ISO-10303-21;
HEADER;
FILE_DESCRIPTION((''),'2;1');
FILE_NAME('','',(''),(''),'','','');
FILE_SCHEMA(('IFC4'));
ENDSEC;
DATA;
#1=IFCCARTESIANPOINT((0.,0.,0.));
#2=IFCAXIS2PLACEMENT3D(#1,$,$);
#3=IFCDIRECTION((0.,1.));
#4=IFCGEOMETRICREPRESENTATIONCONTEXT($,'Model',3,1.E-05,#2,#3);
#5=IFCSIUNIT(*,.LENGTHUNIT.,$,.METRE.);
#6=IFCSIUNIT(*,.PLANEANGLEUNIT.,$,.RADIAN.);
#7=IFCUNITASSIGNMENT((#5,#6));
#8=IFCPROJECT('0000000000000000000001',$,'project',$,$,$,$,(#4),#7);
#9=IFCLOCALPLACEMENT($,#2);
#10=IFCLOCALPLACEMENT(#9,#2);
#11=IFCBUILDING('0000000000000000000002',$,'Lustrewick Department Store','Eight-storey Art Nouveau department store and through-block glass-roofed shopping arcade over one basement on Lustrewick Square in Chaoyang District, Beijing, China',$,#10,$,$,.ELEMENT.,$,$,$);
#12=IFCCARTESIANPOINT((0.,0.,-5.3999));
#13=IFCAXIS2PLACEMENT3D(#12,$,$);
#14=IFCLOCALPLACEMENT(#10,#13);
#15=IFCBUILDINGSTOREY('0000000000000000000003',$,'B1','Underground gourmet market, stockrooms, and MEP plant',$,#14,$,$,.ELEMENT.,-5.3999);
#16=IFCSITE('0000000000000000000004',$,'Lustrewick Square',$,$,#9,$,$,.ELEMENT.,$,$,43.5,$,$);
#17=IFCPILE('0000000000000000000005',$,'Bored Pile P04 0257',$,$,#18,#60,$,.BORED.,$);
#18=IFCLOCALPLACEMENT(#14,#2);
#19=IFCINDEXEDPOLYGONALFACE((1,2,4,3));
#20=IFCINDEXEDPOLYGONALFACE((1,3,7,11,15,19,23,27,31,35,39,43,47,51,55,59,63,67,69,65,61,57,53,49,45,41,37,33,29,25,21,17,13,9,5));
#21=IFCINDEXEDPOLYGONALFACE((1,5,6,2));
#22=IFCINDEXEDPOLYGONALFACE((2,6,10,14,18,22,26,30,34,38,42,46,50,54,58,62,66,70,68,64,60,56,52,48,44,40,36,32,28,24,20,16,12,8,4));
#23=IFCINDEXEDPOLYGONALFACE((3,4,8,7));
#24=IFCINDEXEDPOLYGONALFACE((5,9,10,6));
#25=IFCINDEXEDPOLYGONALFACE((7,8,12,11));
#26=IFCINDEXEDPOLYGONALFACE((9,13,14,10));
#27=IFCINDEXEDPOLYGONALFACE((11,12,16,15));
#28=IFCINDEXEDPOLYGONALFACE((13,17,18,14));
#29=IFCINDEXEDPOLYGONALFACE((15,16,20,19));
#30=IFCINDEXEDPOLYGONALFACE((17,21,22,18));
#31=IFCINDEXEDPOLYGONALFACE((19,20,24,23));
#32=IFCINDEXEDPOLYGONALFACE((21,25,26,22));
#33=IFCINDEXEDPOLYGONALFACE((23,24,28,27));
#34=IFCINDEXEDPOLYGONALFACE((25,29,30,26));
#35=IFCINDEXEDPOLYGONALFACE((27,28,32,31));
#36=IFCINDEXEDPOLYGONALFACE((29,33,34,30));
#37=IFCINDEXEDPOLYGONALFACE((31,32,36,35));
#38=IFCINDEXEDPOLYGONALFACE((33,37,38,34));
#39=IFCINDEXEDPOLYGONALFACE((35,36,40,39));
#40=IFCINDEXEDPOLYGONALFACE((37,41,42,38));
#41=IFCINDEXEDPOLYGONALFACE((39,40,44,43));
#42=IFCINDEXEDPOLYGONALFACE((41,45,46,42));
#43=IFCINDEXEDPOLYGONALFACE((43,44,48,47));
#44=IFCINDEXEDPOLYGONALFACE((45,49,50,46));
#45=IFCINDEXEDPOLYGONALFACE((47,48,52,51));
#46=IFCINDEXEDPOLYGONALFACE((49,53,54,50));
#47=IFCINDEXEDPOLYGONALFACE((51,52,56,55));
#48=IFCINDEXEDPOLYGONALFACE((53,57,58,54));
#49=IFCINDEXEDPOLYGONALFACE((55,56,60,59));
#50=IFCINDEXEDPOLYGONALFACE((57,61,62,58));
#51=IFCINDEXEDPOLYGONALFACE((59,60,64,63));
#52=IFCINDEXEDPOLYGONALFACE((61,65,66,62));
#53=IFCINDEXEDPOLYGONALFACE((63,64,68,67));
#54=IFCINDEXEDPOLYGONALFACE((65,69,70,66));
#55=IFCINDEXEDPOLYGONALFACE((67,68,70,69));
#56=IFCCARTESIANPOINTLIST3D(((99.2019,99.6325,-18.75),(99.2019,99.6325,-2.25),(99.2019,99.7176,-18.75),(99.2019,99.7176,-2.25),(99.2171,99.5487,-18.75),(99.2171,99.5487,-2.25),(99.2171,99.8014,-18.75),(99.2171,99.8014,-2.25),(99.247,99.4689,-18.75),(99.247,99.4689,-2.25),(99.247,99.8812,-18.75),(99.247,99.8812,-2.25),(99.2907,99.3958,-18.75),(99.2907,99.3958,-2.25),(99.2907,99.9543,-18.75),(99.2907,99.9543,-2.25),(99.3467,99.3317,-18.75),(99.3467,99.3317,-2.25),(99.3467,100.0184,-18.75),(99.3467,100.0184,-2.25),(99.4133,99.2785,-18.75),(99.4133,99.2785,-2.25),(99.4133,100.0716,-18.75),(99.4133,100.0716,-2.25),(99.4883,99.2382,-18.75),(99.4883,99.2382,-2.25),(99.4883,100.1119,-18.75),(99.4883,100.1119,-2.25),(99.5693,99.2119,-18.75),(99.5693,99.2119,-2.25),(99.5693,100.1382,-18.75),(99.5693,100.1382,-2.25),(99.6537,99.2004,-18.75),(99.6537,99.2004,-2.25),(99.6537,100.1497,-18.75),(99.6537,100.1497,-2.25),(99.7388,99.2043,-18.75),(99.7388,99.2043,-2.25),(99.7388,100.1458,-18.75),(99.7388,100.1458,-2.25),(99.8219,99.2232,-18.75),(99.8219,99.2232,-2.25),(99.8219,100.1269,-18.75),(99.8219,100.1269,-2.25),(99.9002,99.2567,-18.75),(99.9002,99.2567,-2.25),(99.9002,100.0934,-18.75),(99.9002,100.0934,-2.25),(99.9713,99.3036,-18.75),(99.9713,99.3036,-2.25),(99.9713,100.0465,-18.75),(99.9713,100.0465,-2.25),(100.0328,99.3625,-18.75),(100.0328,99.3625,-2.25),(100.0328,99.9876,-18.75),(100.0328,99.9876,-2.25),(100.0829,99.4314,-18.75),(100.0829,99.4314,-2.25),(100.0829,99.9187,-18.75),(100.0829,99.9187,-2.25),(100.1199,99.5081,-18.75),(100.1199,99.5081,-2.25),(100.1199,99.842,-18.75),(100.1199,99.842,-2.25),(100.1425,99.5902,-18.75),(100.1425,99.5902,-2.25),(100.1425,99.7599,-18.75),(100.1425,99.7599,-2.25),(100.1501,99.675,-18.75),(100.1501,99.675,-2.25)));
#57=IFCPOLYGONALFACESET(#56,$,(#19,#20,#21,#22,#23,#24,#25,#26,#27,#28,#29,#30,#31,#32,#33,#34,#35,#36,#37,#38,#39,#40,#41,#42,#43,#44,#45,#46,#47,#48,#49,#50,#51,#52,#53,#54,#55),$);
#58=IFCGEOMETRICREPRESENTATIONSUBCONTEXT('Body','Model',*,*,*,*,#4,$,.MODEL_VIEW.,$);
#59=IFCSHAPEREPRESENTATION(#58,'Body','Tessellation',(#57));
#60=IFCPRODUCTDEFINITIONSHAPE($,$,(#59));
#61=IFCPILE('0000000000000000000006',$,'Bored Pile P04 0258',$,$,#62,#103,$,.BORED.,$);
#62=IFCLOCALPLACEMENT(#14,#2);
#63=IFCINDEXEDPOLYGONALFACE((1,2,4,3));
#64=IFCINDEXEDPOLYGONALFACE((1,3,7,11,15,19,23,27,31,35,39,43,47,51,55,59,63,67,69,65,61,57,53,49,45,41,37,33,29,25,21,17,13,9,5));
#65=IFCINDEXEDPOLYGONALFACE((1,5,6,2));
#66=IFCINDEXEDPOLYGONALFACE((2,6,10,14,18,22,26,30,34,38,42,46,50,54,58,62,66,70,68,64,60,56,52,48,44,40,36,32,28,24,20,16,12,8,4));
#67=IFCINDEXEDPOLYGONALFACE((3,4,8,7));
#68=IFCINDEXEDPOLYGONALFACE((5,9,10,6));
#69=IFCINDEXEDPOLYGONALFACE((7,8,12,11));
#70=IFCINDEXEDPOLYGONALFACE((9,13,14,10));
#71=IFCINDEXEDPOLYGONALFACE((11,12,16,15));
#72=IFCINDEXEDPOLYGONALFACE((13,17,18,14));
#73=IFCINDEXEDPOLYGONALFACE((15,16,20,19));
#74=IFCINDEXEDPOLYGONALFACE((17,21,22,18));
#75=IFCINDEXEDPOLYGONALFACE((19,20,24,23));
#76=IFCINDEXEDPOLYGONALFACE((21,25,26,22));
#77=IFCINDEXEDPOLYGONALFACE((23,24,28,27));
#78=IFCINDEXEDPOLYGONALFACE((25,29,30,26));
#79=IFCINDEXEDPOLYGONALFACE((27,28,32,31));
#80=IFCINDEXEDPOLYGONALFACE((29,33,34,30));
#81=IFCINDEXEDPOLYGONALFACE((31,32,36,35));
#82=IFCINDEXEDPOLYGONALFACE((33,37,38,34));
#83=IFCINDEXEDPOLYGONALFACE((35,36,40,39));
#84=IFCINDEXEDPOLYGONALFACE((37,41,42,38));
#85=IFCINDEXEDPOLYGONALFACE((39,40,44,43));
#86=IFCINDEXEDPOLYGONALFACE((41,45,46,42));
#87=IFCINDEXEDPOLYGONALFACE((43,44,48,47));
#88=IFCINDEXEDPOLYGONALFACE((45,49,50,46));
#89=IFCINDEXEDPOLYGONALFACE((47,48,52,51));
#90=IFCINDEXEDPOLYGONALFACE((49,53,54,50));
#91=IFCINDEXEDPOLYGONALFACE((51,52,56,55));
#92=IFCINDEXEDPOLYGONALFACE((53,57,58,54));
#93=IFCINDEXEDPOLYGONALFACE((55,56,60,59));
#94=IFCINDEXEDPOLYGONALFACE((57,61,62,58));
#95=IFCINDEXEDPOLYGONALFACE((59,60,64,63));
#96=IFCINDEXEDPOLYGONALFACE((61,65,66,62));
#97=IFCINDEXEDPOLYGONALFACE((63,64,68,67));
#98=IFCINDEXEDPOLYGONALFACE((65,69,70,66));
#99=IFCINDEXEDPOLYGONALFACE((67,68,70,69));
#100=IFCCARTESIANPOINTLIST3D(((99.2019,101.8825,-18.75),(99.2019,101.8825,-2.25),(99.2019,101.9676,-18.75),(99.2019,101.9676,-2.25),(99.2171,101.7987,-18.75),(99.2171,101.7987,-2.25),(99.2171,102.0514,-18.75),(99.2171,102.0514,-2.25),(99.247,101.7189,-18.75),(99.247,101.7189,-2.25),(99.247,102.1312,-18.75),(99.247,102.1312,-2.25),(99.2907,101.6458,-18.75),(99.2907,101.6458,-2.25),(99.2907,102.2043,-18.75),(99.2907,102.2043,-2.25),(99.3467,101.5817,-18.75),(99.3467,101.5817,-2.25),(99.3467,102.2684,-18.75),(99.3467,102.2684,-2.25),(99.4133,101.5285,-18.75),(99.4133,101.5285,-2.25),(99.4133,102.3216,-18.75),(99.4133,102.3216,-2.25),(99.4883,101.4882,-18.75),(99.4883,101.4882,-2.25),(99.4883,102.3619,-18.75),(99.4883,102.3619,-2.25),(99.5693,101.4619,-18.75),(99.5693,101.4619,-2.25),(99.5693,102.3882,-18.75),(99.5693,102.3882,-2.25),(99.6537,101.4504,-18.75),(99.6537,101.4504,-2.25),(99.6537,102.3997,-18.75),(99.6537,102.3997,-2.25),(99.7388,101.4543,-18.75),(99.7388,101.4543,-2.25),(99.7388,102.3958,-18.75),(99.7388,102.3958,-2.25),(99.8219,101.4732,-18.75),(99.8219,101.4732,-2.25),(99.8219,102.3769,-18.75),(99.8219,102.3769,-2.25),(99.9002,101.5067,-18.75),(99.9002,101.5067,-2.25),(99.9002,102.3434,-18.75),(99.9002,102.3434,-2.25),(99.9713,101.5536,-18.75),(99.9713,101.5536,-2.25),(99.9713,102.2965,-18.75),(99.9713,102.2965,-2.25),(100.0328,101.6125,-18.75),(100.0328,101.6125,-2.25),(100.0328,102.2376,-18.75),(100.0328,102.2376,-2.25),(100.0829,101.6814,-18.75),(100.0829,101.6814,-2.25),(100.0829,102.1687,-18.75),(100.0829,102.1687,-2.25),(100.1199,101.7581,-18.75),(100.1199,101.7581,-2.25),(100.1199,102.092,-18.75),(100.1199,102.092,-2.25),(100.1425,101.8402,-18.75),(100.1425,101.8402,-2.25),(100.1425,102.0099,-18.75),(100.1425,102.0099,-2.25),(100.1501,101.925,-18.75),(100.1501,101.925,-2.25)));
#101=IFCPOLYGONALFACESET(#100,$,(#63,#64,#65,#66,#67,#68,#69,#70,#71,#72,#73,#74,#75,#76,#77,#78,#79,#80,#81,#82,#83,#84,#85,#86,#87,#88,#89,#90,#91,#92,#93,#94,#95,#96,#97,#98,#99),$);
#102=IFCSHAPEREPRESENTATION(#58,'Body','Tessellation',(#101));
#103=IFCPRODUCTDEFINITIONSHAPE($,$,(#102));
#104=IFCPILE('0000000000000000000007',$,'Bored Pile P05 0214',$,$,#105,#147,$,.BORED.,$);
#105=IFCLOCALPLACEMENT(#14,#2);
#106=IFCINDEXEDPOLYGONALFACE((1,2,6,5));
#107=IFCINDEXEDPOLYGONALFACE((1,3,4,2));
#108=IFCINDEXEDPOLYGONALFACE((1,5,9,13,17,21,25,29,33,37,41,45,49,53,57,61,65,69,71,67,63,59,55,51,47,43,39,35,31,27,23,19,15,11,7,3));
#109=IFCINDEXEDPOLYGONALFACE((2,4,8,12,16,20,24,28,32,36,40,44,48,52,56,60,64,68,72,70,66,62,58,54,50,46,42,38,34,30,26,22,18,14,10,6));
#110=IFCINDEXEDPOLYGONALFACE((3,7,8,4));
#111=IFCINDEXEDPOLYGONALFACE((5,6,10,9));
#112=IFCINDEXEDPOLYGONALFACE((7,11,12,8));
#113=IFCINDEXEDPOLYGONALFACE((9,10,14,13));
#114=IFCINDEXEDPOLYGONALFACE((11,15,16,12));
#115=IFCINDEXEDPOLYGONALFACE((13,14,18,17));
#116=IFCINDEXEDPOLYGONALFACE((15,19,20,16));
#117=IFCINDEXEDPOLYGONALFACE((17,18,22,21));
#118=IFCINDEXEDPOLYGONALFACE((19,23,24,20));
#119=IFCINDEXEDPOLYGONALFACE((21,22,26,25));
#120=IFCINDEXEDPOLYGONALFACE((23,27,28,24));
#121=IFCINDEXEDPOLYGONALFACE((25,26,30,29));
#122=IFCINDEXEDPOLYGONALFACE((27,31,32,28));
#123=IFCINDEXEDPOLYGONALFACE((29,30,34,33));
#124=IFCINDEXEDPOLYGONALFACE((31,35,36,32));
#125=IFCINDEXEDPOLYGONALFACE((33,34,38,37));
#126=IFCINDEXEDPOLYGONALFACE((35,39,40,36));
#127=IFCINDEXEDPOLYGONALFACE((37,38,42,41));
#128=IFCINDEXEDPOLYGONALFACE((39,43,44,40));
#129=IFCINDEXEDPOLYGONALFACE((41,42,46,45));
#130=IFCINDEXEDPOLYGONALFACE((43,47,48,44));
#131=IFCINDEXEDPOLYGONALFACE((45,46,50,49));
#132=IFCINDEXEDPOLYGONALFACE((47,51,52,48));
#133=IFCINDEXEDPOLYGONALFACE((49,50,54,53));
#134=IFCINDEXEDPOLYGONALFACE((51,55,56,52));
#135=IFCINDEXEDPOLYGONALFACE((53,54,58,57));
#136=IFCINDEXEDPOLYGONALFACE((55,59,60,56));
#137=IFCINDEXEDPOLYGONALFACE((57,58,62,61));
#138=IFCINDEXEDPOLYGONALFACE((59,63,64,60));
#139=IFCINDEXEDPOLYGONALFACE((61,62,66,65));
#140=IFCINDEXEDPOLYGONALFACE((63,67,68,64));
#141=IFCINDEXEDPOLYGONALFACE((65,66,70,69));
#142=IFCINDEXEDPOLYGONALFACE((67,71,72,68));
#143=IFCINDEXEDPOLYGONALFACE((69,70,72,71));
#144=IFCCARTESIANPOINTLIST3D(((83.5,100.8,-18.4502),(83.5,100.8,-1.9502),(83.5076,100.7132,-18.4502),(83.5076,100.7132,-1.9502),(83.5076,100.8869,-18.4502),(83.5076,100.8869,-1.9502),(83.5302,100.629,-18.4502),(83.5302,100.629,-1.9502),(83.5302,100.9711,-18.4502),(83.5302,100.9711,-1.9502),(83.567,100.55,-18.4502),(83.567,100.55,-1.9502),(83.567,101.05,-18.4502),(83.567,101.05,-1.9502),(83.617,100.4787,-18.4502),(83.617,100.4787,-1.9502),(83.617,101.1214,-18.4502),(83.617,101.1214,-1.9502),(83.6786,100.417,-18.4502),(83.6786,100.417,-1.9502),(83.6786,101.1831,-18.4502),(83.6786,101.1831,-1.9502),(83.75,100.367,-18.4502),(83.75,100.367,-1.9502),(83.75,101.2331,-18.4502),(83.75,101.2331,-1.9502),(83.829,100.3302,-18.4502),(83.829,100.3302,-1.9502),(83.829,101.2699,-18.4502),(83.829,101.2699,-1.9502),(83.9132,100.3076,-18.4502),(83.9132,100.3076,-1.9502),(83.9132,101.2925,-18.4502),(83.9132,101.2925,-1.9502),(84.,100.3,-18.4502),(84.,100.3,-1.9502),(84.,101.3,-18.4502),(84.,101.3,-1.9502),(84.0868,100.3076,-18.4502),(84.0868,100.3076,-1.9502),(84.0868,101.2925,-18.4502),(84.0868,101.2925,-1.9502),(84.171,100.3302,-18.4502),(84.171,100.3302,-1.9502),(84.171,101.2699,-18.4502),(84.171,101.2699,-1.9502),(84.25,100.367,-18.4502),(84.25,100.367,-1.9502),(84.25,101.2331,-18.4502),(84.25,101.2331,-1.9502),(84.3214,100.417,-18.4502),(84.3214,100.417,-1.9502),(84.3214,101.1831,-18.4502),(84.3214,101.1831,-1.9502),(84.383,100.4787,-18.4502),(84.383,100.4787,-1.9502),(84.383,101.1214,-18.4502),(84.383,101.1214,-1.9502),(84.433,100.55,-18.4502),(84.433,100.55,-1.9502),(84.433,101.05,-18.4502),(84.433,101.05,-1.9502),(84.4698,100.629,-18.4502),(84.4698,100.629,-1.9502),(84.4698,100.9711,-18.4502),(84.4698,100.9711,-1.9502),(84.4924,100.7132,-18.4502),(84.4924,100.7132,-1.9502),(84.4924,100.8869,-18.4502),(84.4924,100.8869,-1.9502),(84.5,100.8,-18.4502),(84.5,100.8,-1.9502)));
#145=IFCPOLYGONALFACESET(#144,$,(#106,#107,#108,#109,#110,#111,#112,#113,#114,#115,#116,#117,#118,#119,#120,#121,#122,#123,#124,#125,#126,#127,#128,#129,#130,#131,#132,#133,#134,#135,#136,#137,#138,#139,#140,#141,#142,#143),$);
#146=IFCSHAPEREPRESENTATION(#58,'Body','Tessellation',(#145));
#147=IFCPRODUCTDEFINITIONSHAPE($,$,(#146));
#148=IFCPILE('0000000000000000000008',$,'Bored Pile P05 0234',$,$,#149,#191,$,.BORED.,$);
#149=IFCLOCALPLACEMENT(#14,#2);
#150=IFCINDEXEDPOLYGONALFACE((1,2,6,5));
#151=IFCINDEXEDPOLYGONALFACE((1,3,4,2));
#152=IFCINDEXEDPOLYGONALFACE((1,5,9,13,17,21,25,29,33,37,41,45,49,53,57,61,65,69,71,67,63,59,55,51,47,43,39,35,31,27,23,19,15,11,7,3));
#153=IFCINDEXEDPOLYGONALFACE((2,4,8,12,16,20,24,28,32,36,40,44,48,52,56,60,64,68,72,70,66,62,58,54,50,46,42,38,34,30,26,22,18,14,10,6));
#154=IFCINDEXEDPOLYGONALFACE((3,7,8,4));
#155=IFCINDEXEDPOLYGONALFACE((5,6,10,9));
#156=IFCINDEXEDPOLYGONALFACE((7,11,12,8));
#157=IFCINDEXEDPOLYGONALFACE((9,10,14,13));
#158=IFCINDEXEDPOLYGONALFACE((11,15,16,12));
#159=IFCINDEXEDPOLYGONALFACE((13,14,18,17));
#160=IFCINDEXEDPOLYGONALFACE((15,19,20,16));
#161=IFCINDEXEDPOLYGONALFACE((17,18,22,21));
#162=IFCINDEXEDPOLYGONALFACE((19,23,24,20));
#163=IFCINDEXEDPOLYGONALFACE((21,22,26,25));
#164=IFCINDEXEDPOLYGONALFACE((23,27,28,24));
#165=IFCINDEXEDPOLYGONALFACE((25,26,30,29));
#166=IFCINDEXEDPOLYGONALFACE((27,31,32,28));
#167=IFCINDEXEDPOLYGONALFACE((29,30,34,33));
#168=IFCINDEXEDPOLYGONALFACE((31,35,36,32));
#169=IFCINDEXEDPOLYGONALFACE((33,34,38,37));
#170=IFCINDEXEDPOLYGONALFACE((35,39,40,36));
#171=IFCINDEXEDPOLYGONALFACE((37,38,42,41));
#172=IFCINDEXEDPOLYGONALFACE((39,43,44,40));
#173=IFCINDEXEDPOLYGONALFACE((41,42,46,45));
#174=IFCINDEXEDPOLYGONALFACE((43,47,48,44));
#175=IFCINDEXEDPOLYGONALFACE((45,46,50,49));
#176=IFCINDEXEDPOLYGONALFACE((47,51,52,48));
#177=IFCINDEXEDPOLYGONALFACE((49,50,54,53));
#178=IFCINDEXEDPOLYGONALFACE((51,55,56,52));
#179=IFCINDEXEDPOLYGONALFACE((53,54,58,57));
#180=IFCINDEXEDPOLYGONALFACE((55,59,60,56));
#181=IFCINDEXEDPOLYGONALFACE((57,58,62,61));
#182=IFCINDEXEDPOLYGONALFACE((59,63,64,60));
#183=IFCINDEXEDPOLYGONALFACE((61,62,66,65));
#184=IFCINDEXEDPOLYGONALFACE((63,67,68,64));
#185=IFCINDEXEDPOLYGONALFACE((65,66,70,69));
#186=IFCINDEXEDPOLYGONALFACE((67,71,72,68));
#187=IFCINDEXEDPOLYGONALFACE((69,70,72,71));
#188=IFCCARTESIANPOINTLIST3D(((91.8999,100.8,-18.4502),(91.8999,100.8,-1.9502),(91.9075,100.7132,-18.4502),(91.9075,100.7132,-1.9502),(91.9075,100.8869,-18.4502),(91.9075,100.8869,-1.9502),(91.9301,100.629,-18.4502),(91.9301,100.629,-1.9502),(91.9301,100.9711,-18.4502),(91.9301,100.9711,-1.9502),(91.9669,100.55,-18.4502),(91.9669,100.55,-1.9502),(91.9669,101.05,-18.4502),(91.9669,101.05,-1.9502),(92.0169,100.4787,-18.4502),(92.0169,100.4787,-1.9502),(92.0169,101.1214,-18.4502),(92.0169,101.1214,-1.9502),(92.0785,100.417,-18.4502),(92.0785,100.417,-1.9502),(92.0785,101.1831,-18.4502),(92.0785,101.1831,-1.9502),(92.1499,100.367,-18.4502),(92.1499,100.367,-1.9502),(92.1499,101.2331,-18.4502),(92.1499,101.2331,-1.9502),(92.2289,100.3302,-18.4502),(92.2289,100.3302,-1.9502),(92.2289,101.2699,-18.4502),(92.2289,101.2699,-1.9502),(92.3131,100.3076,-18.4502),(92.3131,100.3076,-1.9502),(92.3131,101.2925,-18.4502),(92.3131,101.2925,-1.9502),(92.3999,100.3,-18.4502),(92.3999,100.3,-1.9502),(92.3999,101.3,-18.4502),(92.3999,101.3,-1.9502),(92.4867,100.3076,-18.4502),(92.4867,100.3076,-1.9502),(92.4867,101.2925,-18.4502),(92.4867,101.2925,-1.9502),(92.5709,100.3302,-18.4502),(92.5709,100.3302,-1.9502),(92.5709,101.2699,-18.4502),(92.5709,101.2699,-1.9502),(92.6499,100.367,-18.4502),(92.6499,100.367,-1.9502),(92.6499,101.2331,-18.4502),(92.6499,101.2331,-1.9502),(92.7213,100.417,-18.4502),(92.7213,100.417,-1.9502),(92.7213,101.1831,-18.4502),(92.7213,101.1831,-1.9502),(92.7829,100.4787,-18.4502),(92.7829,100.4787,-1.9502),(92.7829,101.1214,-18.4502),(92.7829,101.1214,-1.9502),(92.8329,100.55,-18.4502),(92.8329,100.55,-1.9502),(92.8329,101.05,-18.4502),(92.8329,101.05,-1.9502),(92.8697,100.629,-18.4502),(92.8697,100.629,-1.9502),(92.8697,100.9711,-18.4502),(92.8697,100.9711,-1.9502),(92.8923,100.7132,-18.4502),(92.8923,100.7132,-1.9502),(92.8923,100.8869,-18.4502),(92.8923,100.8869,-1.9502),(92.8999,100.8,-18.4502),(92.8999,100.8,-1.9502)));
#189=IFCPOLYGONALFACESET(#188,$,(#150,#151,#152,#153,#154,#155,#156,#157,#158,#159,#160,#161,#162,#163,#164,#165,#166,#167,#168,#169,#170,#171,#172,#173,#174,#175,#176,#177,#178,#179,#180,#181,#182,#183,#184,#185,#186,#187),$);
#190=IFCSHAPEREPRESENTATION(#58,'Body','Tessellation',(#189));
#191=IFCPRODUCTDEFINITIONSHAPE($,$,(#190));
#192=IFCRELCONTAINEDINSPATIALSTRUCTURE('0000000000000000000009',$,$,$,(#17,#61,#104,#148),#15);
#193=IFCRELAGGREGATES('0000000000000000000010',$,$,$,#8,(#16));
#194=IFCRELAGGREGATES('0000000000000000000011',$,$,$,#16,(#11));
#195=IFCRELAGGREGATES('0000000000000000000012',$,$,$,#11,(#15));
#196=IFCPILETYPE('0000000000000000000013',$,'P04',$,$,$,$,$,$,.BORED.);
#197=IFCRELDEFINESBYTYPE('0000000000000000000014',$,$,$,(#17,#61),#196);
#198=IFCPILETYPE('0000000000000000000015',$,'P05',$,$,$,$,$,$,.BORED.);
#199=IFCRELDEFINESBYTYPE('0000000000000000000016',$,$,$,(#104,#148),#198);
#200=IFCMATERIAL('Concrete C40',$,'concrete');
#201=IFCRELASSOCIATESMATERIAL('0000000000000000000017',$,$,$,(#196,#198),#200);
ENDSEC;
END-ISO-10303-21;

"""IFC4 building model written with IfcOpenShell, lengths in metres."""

from ifc_helpers import new_model, si_unit, direction, frame, origin, origin_2d, place, context, subcontext, project, spatial, circle, extrude, material, material_profile, profile_set, type_object, element, save


model = new_model("IFC4")

# Units and contexts
model_context = context("Model", 3, precision=1e-05, world=origin(), true_north=direction((0.0, 1.0)))
body_context = subcontext(model_context, "Body", "Model", "MODEL_VIEW")
ifc_project = project(units=[si_unit("LENGTHUNIT", "METRE"), si_unit("PLANEANGLEUNIT", "RADIAN")], contexts=[model_context])

# Site, building, storey
site_placement = place(None, origin())
site = spatial("IfcSite", under=ifc_project, at=site_placement, Name="Lustrewick Square", CompositionType="ELEMENT", RefElevation=43.5)
building_placement = place(site_placement, origin())
building = spatial("IfcBuilding", under=site, at=building_placement, Name="Lustrewick Department Store", Description="Eight-storey Art Nouveau department store and through-block glass-roofed shopping arcade over one basement on Lustrewick Square in Chaoyang District, Beijing, China", CompositionType="ELEMENT")
storey_placement = place(building_placement, frame((0.0, 0.0, -5.3999)))
storey = spatial("IfcBuildingStorey", under=building, at=storey_placement, Name="B1", Description="Underground gourmet market, stockrooms, and MEP plant", CompositionType="ELEMENT", Elevation=-5.3999)

# Piles
ifc_material_1 = material(Name="Concrete C40", Category="concrete")
ifc_material_profile_1 = material_profile(ifc_material_1, circle(Radius=0.4751, at=origin_2d()), Name="PILE D950")
ifc_profile_set_1 = profile_set([ifc_material_profile_1], Name="Concrete C40")
pile_type_1 = type_object("IfcPileType", Name="P04", PredefinedType="BORED", material=ifc_profile_set_1)
for number, where, z_axis, x_axis, name in (
    (1, (99.675, 99.675, -2.25), (0.0, 0.0, -1.0), (1.0, 0.0, 0.0), "Bored Pile P04 0257"),
    (2, (99.675, 101.925, -2.25), (0.0, 0.0, -1.0), (1.0, 0.0, 0.0), "Bored Pile P04 0258"),
):
    element("IfcPile", number, at=place(storey_placement, frame(where, z_axis=z_axis, x_axis=x_axis)), inside=storey, type_object=pile_type_1, Name=name, PredefinedType="BORED", context=body_context, shape_type="SweptSolid", body=[
        extrude(circle(Radius=0.4751, at=origin_2d()), origin(), (0.0, 0.0, 1.0), 16.5),
    ])
ifc_material_profile_2 = material_profile(ifc_material_1, circle(Radius=0.5, at=origin_2d()), Name="PILE D1000")
ifc_profile_set_2 = profile_set([ifc_material_profile_2], Name="Concrete C40")
pile_type_2 = type_object("IfcPileType", Name="P05", PredefinedType="BORED", material=ifc_profile_set_2)
for number, where, z_axis, x_axis, name in (
    (3, (84.0, 100.8, -1.9502), (0.0, 0.0, -1.0), (1.0, 0.0, 0.0), "Bored Pile P05 0214"),
    (4, (92.3999, 100.8, -1.9502), (0.0, 0.0, -1.0), (1.0, 0.0, 0.0), "Bored Pile P05 0234"),
):
    element("IfcPile", number, at=place(storey_placement, frame(where, z_axis=z_axis, x_axis=x_axis)), inside=storey, type_object=pile_type_2, Name=name, PredefinedType="BORED", context=body_context, shape_type="SweptSolid", body=[
        extrude(circle(Radius=0.5, at=origin_2d()), origin(), (0.0, 0.0, 1.0), 16.5),
    ])

save(model, "model.ifc")
